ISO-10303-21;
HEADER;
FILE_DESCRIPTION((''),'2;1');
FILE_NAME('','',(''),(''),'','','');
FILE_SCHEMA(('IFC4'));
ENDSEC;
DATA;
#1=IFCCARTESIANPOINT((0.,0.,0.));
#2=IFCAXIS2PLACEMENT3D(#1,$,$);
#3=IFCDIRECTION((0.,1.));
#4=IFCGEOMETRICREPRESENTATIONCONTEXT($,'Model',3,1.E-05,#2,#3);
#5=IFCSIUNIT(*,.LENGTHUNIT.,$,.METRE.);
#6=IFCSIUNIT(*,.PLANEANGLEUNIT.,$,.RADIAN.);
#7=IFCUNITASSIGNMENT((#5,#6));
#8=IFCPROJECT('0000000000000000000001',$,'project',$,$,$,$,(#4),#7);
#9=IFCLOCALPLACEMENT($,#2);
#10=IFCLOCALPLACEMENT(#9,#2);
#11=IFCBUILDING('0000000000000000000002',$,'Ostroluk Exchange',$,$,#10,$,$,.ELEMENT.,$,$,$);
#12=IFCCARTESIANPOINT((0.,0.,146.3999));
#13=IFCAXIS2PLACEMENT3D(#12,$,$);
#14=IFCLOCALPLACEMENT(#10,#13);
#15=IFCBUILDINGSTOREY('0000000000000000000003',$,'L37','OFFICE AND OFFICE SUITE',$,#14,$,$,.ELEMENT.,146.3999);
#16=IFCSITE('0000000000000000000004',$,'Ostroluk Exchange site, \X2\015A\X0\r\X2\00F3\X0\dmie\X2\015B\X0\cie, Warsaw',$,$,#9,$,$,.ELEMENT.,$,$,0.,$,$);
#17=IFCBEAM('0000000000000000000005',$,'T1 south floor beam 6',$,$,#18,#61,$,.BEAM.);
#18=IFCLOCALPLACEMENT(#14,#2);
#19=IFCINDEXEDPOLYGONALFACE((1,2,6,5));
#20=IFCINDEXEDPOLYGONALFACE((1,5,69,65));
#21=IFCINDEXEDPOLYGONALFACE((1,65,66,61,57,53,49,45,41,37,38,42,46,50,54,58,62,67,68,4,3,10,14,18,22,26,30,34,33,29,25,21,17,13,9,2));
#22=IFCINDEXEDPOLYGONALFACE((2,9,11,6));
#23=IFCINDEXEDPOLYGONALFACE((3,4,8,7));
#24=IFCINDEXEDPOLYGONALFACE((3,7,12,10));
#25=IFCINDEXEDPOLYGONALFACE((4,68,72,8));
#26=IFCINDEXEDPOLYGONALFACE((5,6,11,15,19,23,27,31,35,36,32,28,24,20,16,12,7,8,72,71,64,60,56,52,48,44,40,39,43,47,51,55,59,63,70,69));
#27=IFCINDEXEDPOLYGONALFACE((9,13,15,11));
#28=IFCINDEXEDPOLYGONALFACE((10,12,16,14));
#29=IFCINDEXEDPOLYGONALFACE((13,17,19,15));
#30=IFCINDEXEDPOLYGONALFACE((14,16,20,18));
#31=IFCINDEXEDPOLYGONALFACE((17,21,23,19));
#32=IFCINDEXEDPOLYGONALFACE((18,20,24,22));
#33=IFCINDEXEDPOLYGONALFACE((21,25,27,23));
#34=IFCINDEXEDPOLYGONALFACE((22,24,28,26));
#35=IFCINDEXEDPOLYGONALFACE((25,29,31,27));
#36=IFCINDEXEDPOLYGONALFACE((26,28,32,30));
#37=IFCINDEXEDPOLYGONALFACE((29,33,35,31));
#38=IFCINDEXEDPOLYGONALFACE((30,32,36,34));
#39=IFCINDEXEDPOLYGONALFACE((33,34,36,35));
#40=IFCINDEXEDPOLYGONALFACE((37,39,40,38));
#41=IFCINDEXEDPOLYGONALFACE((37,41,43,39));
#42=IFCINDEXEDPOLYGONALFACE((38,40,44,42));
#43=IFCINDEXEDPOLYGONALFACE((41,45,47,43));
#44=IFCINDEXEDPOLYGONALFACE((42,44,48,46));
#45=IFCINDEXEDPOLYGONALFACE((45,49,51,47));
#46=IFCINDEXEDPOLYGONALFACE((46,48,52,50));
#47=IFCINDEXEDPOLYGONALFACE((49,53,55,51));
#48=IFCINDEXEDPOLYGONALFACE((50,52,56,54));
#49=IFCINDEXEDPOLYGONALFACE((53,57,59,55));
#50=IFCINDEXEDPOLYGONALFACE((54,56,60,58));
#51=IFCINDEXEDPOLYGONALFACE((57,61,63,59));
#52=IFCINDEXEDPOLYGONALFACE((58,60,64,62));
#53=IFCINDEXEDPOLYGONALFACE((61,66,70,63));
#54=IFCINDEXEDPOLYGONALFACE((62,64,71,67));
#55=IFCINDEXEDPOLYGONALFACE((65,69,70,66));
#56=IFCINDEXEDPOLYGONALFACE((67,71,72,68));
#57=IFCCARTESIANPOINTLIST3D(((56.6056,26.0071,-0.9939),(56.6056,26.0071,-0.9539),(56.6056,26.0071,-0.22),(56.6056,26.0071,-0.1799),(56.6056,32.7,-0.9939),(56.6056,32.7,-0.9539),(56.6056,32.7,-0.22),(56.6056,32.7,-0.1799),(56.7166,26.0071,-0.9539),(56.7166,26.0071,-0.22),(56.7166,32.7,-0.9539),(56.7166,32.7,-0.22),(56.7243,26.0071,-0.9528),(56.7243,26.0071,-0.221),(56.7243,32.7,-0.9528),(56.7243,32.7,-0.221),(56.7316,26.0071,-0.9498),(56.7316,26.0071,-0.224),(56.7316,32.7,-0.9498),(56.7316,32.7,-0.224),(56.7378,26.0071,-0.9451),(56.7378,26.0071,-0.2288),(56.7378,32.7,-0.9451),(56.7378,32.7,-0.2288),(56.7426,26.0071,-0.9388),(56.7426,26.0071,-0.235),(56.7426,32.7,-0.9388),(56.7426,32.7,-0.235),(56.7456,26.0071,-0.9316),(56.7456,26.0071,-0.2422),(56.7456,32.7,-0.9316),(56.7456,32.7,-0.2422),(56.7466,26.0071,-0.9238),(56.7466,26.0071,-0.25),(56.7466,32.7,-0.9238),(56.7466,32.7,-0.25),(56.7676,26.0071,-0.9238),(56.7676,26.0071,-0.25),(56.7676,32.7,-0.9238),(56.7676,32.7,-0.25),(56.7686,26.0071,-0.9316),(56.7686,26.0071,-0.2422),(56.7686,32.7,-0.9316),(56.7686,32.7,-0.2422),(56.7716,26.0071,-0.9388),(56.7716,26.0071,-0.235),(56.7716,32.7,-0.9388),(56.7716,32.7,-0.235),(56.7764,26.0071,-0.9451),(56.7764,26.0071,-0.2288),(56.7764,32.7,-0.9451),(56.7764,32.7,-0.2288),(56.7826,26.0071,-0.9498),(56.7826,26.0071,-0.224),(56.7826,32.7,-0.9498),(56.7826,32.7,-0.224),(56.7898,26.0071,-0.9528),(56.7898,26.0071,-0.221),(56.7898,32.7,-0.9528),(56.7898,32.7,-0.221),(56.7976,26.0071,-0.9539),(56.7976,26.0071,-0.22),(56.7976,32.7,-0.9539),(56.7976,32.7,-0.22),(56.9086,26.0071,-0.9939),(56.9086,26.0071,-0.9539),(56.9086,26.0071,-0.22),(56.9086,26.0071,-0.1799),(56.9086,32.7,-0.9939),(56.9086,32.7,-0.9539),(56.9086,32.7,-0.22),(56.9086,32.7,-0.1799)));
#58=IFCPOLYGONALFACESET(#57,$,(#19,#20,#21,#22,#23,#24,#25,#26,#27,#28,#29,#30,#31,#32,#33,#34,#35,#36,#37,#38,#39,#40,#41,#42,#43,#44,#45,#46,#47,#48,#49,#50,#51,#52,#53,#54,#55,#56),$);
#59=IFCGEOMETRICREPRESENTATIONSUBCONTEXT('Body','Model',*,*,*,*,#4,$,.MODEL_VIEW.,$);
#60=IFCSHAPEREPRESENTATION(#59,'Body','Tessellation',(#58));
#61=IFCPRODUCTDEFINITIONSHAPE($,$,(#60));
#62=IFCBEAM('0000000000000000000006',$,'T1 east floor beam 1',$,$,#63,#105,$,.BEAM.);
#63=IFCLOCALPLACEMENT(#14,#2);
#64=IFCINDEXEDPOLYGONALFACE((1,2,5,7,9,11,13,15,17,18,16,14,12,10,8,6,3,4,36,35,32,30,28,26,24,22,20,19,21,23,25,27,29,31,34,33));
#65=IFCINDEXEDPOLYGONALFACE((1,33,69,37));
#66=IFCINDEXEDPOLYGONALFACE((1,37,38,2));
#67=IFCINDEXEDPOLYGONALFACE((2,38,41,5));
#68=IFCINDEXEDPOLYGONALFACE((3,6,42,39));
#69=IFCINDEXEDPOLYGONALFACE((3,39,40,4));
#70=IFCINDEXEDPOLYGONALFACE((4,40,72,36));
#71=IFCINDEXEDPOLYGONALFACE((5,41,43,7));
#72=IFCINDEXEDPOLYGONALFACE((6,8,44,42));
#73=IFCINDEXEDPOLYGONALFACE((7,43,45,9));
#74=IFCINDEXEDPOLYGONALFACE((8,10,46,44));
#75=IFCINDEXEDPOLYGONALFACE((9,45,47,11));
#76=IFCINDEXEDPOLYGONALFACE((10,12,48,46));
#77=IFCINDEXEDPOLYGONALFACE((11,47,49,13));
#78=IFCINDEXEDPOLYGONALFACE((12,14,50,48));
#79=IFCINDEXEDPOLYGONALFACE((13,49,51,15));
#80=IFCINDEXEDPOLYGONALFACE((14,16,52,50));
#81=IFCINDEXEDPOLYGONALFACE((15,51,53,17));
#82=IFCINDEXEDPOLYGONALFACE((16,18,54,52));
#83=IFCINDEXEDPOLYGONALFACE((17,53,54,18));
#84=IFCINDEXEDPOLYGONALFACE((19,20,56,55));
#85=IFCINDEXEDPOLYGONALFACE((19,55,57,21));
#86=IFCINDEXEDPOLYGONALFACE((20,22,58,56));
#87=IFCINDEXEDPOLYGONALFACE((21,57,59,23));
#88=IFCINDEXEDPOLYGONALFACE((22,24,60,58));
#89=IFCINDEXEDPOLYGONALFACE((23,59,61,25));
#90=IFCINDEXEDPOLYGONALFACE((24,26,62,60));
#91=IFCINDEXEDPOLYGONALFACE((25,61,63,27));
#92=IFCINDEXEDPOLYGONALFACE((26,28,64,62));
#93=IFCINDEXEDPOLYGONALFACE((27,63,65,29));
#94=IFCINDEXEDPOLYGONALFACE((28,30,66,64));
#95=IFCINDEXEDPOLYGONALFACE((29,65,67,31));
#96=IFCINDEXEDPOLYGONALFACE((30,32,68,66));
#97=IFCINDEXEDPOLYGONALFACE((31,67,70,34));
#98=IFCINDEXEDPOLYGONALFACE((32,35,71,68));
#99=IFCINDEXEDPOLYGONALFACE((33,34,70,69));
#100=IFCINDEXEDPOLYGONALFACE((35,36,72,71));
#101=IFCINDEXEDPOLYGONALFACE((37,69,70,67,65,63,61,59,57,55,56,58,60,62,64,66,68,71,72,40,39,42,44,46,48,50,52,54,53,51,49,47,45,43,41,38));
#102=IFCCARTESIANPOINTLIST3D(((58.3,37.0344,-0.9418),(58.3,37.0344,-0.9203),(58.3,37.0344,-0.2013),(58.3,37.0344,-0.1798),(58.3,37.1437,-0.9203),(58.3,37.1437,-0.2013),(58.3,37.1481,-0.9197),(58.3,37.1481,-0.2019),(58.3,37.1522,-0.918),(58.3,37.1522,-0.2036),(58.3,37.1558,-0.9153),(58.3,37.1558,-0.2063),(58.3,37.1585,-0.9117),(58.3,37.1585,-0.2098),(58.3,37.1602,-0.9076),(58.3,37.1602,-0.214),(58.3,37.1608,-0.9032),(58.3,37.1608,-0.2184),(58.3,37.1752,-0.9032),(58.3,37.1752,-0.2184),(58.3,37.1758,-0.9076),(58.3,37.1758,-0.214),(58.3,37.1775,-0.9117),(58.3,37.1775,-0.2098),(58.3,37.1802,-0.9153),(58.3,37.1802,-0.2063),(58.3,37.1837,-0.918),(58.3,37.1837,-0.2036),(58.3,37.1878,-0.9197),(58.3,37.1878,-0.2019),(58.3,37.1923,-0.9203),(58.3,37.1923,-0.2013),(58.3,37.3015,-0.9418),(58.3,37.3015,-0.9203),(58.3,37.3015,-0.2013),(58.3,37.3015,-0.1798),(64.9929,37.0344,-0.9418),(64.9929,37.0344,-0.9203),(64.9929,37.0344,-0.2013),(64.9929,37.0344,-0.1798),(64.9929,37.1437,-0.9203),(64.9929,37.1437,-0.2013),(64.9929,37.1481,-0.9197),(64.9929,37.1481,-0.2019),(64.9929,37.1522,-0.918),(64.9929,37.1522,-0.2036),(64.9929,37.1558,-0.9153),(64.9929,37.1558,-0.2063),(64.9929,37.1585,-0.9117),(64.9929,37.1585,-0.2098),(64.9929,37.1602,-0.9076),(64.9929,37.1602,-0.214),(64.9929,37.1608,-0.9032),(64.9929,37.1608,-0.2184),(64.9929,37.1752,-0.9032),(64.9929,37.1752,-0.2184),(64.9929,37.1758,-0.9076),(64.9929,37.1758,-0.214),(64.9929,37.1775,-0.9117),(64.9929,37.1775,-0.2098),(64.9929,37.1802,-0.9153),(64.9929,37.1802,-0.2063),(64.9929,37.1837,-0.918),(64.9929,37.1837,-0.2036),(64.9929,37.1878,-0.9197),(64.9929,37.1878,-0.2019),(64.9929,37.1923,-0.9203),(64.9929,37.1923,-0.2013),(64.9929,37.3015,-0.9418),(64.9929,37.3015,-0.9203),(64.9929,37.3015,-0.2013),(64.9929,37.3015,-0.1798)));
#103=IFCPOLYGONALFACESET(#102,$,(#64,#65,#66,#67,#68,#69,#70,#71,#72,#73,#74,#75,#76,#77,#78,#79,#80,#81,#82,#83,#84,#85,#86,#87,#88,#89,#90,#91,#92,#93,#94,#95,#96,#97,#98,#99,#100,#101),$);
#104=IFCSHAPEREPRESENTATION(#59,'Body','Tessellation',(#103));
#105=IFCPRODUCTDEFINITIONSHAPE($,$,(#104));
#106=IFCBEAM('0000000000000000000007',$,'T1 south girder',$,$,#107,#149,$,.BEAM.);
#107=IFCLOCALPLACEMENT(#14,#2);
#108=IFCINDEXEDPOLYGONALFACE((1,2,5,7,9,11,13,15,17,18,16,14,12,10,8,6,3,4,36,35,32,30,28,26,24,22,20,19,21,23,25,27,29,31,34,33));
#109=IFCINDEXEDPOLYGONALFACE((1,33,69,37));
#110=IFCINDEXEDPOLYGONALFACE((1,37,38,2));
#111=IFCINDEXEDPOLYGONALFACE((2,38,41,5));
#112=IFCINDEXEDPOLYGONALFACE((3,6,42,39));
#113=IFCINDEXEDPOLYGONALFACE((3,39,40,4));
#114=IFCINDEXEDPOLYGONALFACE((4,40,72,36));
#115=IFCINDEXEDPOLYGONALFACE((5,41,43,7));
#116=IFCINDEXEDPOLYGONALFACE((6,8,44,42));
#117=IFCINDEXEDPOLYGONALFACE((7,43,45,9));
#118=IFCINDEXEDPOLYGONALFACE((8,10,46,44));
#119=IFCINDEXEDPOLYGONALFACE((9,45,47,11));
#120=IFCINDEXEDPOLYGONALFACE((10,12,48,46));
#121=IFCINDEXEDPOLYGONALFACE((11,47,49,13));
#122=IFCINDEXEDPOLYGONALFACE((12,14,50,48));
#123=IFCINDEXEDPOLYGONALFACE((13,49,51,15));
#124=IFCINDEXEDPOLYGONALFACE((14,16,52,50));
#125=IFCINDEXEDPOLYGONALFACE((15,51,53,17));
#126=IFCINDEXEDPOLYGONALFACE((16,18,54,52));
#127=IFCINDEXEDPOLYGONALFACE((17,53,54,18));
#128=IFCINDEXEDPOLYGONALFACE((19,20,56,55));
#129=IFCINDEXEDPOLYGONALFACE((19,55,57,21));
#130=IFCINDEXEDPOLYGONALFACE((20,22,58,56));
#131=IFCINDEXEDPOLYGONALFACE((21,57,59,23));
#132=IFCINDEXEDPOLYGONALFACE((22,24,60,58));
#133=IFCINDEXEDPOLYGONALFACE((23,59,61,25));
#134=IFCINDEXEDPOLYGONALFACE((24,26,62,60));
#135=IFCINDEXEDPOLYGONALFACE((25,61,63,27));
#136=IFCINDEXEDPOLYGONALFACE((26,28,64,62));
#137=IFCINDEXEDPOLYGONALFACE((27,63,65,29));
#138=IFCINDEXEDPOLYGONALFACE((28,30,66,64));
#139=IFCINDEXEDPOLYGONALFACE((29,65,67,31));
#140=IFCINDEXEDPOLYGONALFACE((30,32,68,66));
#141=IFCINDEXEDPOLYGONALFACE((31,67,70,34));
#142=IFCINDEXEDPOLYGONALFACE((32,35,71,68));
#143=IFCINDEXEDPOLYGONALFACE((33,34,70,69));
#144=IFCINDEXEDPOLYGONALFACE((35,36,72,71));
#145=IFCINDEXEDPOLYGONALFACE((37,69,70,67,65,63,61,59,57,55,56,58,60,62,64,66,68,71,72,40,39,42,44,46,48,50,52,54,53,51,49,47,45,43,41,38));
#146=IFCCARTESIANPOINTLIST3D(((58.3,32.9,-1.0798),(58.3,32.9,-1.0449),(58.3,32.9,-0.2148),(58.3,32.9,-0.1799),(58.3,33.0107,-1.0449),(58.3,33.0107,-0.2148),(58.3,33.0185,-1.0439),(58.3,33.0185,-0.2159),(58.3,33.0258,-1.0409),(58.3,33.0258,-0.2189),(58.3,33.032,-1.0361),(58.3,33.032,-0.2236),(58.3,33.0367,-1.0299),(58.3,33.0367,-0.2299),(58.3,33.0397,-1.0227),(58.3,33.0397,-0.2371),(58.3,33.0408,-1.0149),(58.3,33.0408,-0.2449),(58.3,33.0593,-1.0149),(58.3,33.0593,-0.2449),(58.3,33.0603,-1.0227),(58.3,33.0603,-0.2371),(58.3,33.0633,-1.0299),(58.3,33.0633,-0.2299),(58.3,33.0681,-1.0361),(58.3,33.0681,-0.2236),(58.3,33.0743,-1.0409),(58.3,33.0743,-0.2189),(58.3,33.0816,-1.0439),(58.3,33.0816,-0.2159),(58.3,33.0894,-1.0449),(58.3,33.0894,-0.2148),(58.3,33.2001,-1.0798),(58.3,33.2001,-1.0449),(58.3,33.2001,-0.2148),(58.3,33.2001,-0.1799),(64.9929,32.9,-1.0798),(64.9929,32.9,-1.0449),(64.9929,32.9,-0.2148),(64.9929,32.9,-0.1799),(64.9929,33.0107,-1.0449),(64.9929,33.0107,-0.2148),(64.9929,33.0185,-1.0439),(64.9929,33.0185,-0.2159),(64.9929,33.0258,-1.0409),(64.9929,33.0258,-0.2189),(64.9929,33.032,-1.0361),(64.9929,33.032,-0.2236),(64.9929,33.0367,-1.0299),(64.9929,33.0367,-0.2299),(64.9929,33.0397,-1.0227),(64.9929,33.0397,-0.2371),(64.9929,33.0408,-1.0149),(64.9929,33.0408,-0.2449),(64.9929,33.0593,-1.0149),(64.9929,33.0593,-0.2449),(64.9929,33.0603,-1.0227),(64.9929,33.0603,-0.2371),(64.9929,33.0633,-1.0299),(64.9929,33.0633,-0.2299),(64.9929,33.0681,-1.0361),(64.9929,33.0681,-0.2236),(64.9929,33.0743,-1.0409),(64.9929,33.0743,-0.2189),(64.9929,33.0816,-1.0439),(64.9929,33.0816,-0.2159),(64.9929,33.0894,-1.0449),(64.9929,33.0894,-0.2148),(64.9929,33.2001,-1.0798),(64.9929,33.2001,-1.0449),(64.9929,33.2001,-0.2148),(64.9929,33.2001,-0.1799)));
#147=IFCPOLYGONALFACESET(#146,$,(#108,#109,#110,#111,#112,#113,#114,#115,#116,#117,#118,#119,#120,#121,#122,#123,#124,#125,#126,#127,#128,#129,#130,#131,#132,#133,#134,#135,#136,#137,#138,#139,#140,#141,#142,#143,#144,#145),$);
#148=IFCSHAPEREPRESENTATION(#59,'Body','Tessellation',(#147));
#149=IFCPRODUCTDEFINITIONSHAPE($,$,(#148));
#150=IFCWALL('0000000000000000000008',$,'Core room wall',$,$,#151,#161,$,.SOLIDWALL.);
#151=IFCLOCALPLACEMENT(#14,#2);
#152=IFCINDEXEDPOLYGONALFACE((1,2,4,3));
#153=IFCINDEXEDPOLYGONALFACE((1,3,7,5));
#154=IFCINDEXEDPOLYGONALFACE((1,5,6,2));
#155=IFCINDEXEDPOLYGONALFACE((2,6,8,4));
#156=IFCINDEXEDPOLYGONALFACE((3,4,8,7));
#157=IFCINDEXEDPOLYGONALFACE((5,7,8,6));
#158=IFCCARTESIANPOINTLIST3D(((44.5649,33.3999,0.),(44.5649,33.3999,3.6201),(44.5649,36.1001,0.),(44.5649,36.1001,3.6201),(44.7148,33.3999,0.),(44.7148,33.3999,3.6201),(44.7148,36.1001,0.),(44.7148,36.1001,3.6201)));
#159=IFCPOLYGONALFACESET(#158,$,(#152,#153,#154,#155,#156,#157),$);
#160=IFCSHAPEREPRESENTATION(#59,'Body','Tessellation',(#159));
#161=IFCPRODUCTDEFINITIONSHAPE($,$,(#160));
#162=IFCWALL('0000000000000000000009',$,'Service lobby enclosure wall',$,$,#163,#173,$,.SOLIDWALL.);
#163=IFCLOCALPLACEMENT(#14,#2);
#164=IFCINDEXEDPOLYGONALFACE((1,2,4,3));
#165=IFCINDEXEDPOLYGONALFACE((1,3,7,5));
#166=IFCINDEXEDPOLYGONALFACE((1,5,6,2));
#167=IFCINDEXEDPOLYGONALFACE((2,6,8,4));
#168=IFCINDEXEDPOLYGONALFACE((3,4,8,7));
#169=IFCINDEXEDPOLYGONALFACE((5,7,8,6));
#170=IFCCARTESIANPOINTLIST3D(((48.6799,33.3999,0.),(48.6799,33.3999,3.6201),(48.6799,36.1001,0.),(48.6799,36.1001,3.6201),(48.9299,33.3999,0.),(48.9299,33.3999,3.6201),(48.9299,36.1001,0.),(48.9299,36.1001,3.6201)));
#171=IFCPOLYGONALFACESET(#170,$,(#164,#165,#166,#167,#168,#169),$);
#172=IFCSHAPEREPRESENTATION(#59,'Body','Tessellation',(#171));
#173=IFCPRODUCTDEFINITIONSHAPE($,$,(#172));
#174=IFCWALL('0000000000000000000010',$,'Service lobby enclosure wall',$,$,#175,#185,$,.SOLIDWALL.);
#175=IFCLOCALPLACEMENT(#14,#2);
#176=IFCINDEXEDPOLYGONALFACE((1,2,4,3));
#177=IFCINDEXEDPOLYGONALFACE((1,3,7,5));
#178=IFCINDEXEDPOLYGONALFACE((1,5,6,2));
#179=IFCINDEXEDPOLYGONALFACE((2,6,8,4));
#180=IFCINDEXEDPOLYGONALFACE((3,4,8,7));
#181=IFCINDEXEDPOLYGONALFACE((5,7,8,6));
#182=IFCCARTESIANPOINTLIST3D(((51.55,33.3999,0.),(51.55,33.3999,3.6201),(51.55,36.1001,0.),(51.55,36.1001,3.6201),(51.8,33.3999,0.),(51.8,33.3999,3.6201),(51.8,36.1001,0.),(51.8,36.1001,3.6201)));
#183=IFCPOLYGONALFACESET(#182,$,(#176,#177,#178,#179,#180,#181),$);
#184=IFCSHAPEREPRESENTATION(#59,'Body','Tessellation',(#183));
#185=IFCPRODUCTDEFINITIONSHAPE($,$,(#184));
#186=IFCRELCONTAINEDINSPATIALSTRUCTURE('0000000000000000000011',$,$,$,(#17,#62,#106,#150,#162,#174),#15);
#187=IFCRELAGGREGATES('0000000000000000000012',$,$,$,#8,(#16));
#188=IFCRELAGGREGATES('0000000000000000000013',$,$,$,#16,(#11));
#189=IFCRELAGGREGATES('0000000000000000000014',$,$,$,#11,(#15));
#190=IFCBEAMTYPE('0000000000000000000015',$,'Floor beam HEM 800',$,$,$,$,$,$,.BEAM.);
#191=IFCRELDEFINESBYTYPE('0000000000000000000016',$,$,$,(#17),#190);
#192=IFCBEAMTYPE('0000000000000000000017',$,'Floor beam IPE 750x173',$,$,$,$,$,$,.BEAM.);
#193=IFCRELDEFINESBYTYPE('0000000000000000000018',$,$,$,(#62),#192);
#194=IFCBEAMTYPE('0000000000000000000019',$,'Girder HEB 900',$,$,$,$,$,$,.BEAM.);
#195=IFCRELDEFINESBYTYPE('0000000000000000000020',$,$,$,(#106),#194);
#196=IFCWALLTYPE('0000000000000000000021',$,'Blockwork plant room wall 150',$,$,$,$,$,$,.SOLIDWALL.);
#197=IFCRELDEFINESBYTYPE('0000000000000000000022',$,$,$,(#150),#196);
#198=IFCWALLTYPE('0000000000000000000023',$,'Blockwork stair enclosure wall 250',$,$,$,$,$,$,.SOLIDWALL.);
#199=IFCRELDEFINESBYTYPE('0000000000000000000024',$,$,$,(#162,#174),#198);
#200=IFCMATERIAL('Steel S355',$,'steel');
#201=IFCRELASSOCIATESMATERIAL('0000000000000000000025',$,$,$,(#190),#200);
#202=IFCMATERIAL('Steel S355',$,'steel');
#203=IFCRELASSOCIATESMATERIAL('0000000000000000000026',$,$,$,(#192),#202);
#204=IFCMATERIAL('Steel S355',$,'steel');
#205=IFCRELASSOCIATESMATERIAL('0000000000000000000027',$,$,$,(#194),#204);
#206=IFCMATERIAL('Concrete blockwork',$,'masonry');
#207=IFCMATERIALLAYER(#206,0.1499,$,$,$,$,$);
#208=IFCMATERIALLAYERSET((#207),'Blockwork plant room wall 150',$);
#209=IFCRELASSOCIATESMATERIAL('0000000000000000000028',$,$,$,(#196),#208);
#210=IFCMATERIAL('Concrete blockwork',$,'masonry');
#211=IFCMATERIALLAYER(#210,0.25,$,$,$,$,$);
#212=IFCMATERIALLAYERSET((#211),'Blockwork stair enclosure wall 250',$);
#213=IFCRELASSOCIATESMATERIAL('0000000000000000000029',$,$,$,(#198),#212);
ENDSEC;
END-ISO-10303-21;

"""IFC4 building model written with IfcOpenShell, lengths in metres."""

from ifc_helpers import new_model, si_unit, direction, frame, frame_2d, origin, origin_2d, place, context, subcontext, project, spatial, rectangle, i_section, extrude, material, layer, layer_set, material_profile, profile_set, type_object, element, save


model = new_model("IFC4")

# Units and contexts
model_context = context("Model", 3, precision=1e-05, world=origin(), true_north=direction((0.0, 1.0)))
body_context = subcontext(model_context, "Body", "Model", "MODEL_VIEW")
ifc_project = project(units=[si_unit("LENGTHUNIT", "METRE"), si_unit("PLANEANGLEUNIT", "RADIAN")], contexts=[model_context])

# Site, building, storey
site_placement = place(None, origin())
site = spatial("IfcSite", under=ifc_project, at=site_placement, Name="Ostroluk Exchange site, Śródmieście, Warsaw", CompositionType="ELEMENT", RefElevation=0.0)
building_placement = place(site_placement, origin())
building = spatial("IfcBuilding", under=site, at=building_placement, Name="Ostroluk Exchange", CompositionType="ELEMENT")
storey_placement = place(building_placement, frame((0.0, 0.0, 146.3999)))
storey = spatial("IfcBuildingStorey", under=building, at=storey_placement, Name="L37", Description="OFFICE AND OFFICE SUITE", CompositionType="ELEMENT", Elevation=146.3999)

# Beams
ifc_material_1 = material(Name="Steel S355", Category="steel")
ifc_material_profile_1 = material_profile(ifc_material_1, i_section(OverallWidth=0.303, OverallDepth=0.814, WebThickness=0.021, FlangeThickness=0.04, FilletRadius=0.03, at=origin_2d()), Name="HEM 800")
ifc_profile_set_1 = profile_set([ifc_material_profile_1], Name="Steel S355")
beam_type_1 = type_object("IfcBeamType", Name="Floor beam HEM 800", PredefinedType="BEAM", material=ifc_profile_set_1)
beam_1_placement = place(storey_placement, frame((56.7571, 32.7, -0.5869), z_axis=(0.0, -1.0, 0.0), x_axis=(1.0, 0.0, 0.0)))
element("IfcBeam", 1, at=beam_1_placement, inside=storey, type_object=beam_type_1, Name="T1 south floor beam 6", PredefinedType="BEAM", context=body_context, shape_type="SweptSolid", body=[
    extrude(i_section(OverallWidth=0.303, OverallDepth=0.814, WebThickness=0.021, FlangeThickness=0.04, FilletRadius=0.03, at=origin_2d()), origin(), (0.0, 0.0, 1.0), 6.6929),
])
ifc_material_2 = material(Name="Steel S355", Category="steel")
ifc_material_profile_2 = material_profile(ifc_material_2, i_section(OverallWidth=0.2671, OverallDepth=0.762, WebThickness=0.0144, FlangeThickness=0.0215, FilletRadius=0.0171, at=origin_2d()), Name="IPE 750x173")
ifc_profile_set_2 = profile_set([ifc_material_profile_2], Name="Steel S355")
beam_type_2 = type_object("IfcBeamType", Name="Floor beam IPE 750x173", PredefinedType="BEAM", material=ifc_profile_set_2)
beam_2_placement = place(storey_placement, frame((58.3, 37.168, -0.5608), z_axis=(1.0, 0.0, 0.0), x_axis=(0.0, 1.0, 0.0)))
element("IfcBeam", 2, at=beam_2_placement, inside=storey, type_object=beam_type_2, Name="T1 east floor beam 1", PredefinedType="BEAM", context=body_context, shape_type="SweptSolid", body=[
    extrude(i_section(OverallWidth=0.2671, OverallDepth=0.762, WebThickness=0.0144, FlangeThickness=0.0215, FilletRadius=0.0171, at=origin_2d()), origin(), (0.0, 0.0, 1.0), 6.6929),
])
ifc_material_3 = material(Name="Steel S355", Category="steel")
ifc_material_profile_3 = material_profile(ifc_material_3, i_section(OverallWidth=0.3, OverallDepth=0.8999, WebThickness=0.0186, FlangeThickness=0.0349, FilletRadius=0.03, at=origin_2d()), Name="HEB 900")
ifc_profile_set_3 = profile_set([ifc_material_profile_3], Name="Steel S355")
beam_type_3 = type_object("IfcBeamType", Name="Girder HEB 900", PredefinedType="BEAM", material=ifc_profile_set_3)
beam_3_placement = place(storey_placement, frame((58.3, 33.05, -0.6299), z_axis=(1.0, 0.0, 0.0), x_axis=(0.0, 1.0, 0.0)))
element("IfcBeam", 3, at=beam_3_placement, inside=storey, type_object=beam_type_3, Name="T1 south girder", PredefinedType="BEAM", context=body_context, shape_type="SweptSolid", body=[
    extrude(i_section(OverallWidth=0.3, OverallDepth=0.8999, WebThickness=0.0186, FlangeThickness=0.0349, FilletRadius=0.03, at=origin_2d()), origin(), (0.0, 0.0, 1.0), 6.6929),
])

# Walls
ifc_material_4 = material(Name="Concrete blockwork", Category="masonry")
ifc_layer_1 = layer(ifc_material_4, 0.1499)
ifc_layer_set_1 = layer_set([ifc_layer_1], Name="Blockwork plant room wall 150")
wall_type_1 = type_object("IfcWallType", Name="Blockwork plant room wall 150", PredefinedType="SOLIDWALL", material=ifc_layer_set_1)
wall_1_placement = place(storey_placement, frame((44.6399, 33.3999, 0.0), z_axis=(0.0, 0.0, 1.0), x_axis=(0.0, 1.0, 0.0)))
element("IfcWall", 4, at=wall_1_placement, inside=storey, type_object=wall_type_1, Name="Core room wall", PredefinedType="SOLIDWALL", context=body_context, shape_type="SweptSolid", body=[
    extrude(rectangle(XDim=2.7002, YDim=0.1499, at=frame_2d((1.3501, 0.0))), origin(), (0.0, 0.0, 1.0), 3.6201),
])
ifc_material_5 = material(Name="Concrete blockwork", Category="masonry")
ifc_layer_2 = layer(ifc_material_5, 0.25)
ifc_layer_set_2 = layer_set([ifc_layer_2], Name="Blockwork stair enclosure wall 250")
wall_type_2 = type_object("IfcWallType", Name="Blockwork stair enclosure wall 250", PredefinedType="SOLIDWALL", material=ifc_layer_set_2)
for number, where, z_axis, x_axis, name in (
    (5, (48.8049, 33.3999, 0.0), (0.0, 0.0, 1.0), (0.0, 1.0, 0.0), "Service lobby enclosure wall"),
    (6, (51.675, 33.3999, 0.0), (0.0, 0.0, 1.0), (0.0, 1.0, 0.0), "Service lobby enclosure wall"),
):
    element("IfcWall", number, at=place(storey_placement, frame(where, z_axis=z_axis, x_axis=x_axis)), inside=storey, type_object=wall_type_2, Name=name, PredefinedType="SOLIDWALL", context=body_context, shape_type="SweptSolid", body=[
        extrude(rectangle(XDim=2.7002, YDim=0.25, at=frame_2d((1.3501, 0.0))), origin(), (0.0, 0.0, 1.0), 3.6201),
    ])

save(model, "model.ifc")
